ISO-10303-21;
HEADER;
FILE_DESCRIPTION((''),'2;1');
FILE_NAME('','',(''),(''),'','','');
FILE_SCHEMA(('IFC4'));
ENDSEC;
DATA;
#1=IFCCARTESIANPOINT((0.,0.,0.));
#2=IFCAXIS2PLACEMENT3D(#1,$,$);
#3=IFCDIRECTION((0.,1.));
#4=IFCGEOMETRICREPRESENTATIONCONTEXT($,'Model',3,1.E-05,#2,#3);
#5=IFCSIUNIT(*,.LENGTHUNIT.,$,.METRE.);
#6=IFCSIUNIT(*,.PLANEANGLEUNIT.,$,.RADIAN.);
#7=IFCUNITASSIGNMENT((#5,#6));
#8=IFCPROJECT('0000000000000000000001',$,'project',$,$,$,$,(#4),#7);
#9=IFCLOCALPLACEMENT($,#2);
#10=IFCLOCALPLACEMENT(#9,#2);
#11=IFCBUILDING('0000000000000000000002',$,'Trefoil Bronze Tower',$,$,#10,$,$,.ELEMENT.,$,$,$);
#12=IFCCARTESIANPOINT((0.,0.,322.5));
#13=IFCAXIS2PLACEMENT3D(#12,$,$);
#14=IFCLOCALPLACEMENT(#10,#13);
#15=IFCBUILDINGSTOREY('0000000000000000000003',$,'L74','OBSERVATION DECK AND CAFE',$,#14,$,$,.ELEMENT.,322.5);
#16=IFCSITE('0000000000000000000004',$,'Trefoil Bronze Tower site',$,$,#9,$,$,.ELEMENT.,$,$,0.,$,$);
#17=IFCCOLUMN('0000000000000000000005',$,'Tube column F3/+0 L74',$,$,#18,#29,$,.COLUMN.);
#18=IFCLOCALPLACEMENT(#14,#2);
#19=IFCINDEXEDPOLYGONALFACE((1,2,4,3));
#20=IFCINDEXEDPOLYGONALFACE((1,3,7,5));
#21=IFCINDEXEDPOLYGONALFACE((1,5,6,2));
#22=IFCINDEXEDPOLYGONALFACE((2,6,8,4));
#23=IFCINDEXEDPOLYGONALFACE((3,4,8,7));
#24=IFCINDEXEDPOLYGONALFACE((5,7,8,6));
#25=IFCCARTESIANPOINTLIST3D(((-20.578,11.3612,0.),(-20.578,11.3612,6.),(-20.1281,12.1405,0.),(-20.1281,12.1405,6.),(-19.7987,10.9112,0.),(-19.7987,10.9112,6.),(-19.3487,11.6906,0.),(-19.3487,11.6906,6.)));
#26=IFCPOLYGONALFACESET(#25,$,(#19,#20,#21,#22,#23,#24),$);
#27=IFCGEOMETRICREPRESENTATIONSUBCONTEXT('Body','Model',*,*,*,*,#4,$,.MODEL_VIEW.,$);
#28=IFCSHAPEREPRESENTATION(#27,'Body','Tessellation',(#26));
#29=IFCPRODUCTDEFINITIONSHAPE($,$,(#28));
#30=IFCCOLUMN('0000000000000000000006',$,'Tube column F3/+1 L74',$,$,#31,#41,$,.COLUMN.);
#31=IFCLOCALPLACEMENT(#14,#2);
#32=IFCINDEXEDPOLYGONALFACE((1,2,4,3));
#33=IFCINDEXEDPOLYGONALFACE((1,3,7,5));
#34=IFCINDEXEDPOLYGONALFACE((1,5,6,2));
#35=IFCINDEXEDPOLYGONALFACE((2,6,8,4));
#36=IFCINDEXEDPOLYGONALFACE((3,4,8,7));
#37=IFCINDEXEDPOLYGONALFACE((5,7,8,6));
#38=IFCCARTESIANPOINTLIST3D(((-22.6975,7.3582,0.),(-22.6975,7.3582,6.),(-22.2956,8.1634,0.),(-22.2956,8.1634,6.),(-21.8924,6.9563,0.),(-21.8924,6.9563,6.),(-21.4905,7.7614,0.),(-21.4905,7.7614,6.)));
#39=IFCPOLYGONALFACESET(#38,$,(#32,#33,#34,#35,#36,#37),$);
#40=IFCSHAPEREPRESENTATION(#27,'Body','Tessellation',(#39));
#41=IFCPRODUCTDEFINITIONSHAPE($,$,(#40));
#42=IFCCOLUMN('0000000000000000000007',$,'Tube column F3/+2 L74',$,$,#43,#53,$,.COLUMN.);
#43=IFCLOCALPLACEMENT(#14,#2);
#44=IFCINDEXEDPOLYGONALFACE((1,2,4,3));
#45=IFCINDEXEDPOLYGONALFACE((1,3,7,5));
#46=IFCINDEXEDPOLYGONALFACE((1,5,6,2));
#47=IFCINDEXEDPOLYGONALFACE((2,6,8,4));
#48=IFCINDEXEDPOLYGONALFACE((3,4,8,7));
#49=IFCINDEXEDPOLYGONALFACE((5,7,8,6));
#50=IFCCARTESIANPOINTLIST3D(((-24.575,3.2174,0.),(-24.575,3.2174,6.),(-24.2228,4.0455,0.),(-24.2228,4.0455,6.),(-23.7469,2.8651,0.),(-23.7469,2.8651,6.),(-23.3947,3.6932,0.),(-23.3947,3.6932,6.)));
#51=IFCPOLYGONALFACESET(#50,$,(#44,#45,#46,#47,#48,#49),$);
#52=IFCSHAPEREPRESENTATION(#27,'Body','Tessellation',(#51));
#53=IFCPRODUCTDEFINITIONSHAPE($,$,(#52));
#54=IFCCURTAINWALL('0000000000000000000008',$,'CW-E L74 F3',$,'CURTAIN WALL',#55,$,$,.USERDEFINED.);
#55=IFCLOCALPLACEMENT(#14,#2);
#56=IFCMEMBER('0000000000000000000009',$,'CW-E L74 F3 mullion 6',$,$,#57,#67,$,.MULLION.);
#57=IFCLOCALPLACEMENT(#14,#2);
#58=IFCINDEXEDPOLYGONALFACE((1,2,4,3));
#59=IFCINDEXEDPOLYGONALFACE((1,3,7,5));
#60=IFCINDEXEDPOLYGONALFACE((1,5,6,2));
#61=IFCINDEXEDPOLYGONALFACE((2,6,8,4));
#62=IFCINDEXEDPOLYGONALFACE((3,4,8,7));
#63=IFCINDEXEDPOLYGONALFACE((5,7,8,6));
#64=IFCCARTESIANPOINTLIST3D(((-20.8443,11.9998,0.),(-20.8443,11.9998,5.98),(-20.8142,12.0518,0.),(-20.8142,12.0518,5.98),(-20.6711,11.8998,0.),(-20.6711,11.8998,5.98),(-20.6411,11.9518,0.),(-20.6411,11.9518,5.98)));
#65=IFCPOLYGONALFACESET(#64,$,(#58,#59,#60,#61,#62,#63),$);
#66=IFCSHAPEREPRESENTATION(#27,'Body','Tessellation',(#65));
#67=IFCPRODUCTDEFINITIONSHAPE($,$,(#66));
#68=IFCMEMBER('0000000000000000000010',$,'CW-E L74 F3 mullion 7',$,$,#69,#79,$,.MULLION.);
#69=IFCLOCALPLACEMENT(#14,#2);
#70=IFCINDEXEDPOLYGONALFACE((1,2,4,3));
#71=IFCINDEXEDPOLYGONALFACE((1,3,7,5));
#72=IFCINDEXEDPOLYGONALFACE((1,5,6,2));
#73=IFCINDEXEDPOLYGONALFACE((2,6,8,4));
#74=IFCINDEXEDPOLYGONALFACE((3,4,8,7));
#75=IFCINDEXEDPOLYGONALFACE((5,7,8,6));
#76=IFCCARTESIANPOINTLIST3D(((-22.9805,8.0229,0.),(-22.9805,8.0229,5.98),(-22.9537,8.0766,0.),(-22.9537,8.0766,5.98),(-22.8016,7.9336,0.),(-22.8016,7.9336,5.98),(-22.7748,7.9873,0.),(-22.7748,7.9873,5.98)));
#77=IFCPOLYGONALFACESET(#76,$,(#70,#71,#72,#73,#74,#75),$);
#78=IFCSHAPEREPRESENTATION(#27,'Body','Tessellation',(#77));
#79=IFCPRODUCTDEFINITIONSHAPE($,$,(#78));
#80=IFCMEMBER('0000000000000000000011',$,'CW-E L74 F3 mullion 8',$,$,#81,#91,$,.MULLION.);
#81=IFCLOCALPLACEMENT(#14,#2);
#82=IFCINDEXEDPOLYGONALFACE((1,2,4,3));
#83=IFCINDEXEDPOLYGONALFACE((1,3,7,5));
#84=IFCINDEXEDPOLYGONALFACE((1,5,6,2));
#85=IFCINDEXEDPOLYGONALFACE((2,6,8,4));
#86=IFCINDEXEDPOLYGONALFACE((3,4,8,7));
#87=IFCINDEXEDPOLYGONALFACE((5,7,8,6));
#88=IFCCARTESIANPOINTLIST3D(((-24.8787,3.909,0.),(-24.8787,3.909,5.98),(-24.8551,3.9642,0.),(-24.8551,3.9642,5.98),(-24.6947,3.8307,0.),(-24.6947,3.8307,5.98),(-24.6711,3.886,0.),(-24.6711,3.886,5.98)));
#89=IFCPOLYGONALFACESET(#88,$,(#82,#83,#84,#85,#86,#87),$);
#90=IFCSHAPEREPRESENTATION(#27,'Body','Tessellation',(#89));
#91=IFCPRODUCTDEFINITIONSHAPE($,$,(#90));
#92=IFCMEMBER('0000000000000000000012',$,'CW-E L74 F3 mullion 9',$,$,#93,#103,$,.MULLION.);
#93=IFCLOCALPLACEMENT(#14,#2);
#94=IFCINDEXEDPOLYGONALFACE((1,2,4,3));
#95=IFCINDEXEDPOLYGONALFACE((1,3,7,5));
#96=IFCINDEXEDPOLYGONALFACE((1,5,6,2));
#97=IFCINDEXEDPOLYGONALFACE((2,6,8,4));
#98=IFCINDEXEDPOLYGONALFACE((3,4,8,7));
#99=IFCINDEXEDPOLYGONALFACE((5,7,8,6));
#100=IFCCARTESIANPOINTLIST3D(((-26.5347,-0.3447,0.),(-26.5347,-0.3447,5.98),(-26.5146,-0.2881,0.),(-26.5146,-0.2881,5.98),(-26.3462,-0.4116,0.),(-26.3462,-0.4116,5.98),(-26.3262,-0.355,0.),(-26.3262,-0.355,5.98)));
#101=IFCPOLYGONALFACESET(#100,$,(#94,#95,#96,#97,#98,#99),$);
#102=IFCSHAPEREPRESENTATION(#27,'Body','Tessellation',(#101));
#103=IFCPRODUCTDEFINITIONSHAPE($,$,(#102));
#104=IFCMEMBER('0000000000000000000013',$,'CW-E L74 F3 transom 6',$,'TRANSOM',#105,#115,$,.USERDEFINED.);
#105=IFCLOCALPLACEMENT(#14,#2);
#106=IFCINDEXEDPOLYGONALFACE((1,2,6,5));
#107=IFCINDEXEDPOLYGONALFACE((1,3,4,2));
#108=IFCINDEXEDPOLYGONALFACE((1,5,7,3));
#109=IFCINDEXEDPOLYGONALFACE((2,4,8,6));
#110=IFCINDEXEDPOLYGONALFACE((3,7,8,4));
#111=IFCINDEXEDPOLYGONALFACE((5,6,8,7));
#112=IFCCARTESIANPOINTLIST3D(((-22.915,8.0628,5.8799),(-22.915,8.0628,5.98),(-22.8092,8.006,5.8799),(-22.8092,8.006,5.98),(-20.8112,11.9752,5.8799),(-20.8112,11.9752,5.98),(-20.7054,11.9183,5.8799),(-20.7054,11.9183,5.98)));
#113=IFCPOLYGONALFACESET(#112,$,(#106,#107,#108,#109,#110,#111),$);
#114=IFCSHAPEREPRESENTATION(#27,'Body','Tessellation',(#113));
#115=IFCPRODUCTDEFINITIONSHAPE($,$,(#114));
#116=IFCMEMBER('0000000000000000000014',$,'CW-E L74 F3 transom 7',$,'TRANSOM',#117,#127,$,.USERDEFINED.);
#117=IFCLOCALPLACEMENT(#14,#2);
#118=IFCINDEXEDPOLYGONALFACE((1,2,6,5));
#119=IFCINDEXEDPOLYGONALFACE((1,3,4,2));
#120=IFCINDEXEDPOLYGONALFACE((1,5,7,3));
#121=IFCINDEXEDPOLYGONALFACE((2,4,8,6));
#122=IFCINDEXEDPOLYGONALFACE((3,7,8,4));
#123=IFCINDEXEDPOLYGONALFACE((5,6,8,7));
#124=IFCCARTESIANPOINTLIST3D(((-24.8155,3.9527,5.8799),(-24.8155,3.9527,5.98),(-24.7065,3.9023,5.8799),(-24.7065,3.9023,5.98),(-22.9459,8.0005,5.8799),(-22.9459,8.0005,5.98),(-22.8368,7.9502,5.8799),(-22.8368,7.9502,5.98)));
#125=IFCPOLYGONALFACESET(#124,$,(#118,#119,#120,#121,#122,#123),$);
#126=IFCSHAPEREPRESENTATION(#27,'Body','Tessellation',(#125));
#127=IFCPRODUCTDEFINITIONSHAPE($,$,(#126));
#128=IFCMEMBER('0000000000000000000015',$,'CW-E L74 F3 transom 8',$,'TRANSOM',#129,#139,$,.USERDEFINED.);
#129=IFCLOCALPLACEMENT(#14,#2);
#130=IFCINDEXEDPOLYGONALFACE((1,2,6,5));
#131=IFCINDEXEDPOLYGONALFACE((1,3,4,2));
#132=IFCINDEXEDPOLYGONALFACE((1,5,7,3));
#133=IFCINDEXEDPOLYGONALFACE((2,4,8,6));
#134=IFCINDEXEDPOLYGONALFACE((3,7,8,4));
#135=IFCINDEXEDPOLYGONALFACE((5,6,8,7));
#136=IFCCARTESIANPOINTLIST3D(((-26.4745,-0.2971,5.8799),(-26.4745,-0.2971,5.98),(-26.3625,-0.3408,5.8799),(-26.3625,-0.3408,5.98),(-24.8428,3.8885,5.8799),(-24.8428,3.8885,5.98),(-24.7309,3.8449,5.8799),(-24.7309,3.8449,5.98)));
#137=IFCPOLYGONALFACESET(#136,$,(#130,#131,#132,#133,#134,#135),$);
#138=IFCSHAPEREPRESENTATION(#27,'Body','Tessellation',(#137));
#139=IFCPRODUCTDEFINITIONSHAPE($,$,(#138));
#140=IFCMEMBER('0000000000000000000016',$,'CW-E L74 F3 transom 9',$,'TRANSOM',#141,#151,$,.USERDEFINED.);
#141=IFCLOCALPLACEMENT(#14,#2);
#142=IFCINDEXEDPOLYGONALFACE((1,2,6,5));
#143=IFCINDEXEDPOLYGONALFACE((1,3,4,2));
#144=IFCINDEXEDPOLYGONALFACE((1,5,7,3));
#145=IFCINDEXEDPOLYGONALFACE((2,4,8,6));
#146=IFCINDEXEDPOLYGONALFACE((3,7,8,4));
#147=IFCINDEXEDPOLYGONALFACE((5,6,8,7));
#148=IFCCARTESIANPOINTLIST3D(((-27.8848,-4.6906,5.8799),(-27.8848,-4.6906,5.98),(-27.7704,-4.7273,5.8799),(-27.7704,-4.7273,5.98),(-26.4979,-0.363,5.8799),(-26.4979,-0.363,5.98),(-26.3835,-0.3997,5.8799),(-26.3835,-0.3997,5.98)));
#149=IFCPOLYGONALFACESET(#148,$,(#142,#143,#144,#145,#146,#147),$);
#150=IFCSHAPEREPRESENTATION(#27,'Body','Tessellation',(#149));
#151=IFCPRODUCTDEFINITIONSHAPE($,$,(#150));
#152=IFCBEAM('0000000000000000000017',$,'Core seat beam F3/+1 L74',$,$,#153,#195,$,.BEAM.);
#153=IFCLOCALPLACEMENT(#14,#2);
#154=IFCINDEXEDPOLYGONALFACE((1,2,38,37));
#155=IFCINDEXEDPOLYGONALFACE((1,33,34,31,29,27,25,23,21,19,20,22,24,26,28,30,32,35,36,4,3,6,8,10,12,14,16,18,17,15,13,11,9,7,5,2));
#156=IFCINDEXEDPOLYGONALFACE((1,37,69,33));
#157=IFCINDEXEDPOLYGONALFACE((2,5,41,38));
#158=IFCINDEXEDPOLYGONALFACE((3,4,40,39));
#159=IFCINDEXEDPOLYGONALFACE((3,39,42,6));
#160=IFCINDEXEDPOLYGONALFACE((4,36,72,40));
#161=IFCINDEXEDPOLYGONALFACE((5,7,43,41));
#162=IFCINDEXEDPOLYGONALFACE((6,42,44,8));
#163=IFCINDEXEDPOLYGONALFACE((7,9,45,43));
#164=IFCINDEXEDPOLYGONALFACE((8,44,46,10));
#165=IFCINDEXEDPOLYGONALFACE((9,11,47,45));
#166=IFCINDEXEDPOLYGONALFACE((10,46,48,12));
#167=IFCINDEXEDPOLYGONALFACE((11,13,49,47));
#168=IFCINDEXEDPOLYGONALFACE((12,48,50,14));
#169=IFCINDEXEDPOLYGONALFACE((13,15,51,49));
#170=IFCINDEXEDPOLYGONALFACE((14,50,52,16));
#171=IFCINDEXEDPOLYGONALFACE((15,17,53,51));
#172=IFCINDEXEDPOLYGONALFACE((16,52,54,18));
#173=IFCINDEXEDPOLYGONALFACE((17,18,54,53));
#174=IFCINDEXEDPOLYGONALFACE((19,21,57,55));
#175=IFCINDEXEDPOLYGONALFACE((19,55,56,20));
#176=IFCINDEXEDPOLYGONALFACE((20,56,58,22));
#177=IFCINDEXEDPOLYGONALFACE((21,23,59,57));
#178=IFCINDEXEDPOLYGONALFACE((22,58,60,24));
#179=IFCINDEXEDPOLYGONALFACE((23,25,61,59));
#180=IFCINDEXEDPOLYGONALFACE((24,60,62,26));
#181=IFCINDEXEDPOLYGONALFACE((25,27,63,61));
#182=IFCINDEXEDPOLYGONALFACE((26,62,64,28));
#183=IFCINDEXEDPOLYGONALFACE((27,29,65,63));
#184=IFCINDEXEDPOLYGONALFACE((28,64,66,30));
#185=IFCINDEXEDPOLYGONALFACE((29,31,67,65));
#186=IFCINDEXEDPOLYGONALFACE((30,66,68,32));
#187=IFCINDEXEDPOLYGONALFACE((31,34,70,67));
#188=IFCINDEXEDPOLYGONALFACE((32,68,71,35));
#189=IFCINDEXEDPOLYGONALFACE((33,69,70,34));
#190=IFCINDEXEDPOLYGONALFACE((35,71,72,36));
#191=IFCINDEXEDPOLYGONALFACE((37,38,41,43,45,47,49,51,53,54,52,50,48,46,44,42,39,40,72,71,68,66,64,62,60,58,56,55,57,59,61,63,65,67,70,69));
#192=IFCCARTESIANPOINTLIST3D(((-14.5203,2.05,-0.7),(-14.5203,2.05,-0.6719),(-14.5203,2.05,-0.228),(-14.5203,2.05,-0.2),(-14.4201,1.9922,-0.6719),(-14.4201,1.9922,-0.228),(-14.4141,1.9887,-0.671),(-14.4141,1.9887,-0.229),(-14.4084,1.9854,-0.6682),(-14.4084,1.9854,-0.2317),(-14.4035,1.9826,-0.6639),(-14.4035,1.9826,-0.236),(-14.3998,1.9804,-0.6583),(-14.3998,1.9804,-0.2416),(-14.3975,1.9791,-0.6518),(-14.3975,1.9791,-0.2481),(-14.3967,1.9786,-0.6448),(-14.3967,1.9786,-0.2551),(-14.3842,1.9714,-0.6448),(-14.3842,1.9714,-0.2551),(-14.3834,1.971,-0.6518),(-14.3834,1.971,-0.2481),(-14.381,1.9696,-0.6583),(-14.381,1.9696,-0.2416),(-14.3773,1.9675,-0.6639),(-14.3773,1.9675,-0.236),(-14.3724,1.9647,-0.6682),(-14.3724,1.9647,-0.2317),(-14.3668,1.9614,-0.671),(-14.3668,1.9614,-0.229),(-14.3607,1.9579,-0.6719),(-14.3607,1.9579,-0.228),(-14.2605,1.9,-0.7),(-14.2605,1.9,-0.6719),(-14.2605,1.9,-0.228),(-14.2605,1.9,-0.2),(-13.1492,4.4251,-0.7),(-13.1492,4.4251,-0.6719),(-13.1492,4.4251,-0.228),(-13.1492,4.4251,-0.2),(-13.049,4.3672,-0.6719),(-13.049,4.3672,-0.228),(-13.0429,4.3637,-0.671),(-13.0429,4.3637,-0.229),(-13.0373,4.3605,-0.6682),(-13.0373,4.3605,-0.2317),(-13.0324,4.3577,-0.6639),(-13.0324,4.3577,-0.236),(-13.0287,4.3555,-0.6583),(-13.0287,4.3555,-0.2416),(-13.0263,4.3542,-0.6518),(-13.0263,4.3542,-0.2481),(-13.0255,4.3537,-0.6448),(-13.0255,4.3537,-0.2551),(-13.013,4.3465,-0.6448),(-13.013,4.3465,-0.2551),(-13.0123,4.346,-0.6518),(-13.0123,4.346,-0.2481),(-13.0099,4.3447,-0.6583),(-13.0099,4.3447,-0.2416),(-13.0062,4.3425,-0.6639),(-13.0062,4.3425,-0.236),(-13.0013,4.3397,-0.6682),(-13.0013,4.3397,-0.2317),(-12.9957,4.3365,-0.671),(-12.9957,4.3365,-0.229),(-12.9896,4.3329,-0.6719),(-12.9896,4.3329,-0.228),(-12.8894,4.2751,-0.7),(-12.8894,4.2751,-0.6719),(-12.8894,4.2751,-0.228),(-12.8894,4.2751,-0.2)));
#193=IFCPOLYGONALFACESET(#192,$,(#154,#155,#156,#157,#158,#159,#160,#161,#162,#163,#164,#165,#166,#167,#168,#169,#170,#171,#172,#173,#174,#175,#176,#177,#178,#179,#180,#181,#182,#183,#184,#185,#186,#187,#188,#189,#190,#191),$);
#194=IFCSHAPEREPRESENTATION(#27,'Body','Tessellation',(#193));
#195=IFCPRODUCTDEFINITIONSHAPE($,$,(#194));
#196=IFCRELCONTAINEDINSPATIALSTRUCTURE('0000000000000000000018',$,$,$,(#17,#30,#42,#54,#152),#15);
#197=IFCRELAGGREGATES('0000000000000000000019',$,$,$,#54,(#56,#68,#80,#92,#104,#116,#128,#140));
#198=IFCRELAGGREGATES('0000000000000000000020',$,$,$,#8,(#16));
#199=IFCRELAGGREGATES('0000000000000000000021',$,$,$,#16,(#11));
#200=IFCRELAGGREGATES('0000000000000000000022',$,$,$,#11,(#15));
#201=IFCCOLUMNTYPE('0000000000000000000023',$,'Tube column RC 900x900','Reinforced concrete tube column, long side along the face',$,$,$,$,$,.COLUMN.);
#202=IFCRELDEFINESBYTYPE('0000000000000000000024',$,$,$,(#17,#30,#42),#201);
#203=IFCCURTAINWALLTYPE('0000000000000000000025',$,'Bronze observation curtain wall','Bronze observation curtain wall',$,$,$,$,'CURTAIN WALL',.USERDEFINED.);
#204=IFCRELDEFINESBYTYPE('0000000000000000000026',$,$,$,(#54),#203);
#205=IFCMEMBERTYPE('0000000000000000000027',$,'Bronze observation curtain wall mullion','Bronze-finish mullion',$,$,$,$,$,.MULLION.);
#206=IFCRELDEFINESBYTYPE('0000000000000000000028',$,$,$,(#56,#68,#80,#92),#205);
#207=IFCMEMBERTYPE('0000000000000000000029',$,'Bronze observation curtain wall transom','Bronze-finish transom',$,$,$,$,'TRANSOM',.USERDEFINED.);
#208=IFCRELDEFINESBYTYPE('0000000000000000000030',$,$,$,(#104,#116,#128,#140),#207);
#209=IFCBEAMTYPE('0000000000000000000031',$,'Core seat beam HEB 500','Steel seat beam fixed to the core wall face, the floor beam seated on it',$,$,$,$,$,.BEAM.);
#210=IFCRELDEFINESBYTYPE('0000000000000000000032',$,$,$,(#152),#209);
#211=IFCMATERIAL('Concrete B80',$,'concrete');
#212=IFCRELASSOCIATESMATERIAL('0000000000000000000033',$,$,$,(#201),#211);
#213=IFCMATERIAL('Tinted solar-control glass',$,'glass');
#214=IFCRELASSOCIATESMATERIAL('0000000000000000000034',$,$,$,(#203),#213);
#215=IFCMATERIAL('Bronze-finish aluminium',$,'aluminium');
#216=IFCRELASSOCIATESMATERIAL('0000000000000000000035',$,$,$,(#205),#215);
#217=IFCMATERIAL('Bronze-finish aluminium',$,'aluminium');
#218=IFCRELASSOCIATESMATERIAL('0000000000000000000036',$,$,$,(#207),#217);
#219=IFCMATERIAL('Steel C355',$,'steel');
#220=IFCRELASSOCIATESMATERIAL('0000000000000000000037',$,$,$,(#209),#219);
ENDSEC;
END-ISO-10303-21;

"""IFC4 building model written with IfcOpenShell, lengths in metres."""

from ifc_helpers import new_model, si_unit, direction, frame, origin, origin_2d, place, context, subcontext, project, spatial, rectangle, i_section, extrude, material, material_profile, profile_set, type_object, element, aggregate, save


model = new_model("IFC4")

# Units and contexts
model_context = context("Model", 3, precision=1e-05, world=origin(), true_north=direction((0.0, 1.0)))
body_context = subcontext(model_context, "Body", "Model", "MODEL_VIEW")
ifc_project = project(units=[si_unit("LENGTHUNIT", "METRE"), si_unit("PLANEANGLEUNIT", "RADIAN")], contexts=[model_context])

# Site, building, storey
site_placement = place(None, origin())
site = spatial("IfcSite", under=ifc_project, at=site_placement, Name="Trefoil Bronze Tower site", CompositionType="ELEMENT", RefElevation=0.0)
building_placement = place(site_placement, origin())
building = spatial("IfcBuilding", under=site, at=building_placement, Name="Trefoil Bronze Tower", CompositionType="ELEMENT")
storey_placement = place(building_placement, frame((0.0, 0.0, 322.5)))
storey = spatial("IfcBuildingStorey", under=building, at=storey_placement, Name="L74", Description="OBSERVATION DECK AND CAFE", CompositionType="ELEMENT", Elevation=322.5)

# Columns
ifc_material_1 = material(Name="Concrete B80", Category="concrete")
ifc_material_profile_1 = material_profile(ifc_material_1, rectangle(XDim=0.8999, YDim=0.8999, at=origin_2d()), Name="RC 900x900")
ifc_profile_set_1 = profile_set([ifc_material_profile_1], Name="Concrete B80")
column_type = type_object("IfcColumnType", Name="Tube column RC 900x900", Description="Reinforced concrete tube column, long side along the face", PredefinedType="COLUMN", material=ifc_profile_set_1)
for number, where, z_axis, x_axis, name in (
    (1, (-19.9634, 11.5259, 0.0), (0.0, 0.0, 1.0), (-0.5, -0.866025, 0.0), "Tube column F3/+0 L74"),
    (2, (-22.094, 7.5598, 0.0), (0.0, 0.0, 1.0), (-0.446641, -0.894713, 0.0), "Tube column F3/+1 L74"),
    (3, (-23.9849, 3.4553, 0.0), (0.0, 0.0, 1.0), (-0.391436, -0.920205, 0.0), "Tube column F3/+2 L74"),
):
    element("IfcColumn", number, at=place(storey_placement, frame(where, z_axis=z_axis, x_axis=x_axis)), inside=storey, type_object=column_type, Name=name, PredefinedType="COLUMN", context=body_context, shape_type="SweptSolid", body=[
        extrude(rectangle(XDim=0.8999, YDim=0.8999, at=origin_2d()), origin(), (0.0, 0.0, 1.0), 6.0),
    ])

# Curtain wall, members
ifc_material_2 = material(Name="Tinted solar-control glass", Category="glass")
curtain_wall_type = type_object("IfcCurtainWallType", Name="Bronze observation curtain wall", Description="Bronze observation curtain wall", ElementType="CURTAIN WALL", PredefinedType="USERDEFINED", material=ifc_material_2)
curtain_wall_placement = place(storey_placement, origin())
curtain_wall = element("IfcCurtainWall", 4, at=curtain_wall_placement, inside=storey, type_object=curtain_wall_type, Name="CW-E L74 F3", ObjectType="CURTAIN WALL", PredefinedType="USERDEFINED")
ifc_material_3 = material(Name="Bronze-finish aluminium", Category="aluminium")
ifc_material_profile_2 = material_profile(ifc_material_3, rectangle(XDim=0.2, YDim=0.0601, at=origin_2d()), Name="CW-E mullion")
ifc_profile_set_2 = profile_set([ifc_material_profile_2], Name="Bronze-finish aluminium")
member_type_1 = type_object("IfcMemberType", Name="Bronze observation curtain wall mullion", Description="Bronze-finish mullion", PredefinedType="MULLION", material=ifc_profile_set_2)
member_1_placement = place(storey_placement, frame((-20.7427, 11.9758, 0.0), z_axis=(0.0, 0.0, 1.0), x_axis=(0.866025, -0.5, 0.0)))
member_1 = element("IfcMember", 5, at=member_1_placement, type_object=member_type_1, Name="CW-E L74 F3 mullion 6", PredefinedType="MULLION", context=body_context, shape_type="SweptSolid", body=[
    extrude(rectangle(XDim=0.2, YDim=0.0601, at=origin_2d()), origin(), (0.0, 0.0, 1.0), 5.98),
])
member_2_placement = place(storey_placement, frame((-22.8777, 8.0051, 0.0), z_axis=(0.0, 0.0, 1.0), x_axis=(0.894713, -0.446641, 0.0)))
member_2 = element("IfcMember", 6, at=member_2_placement, type_object=member_type_1, Name="CW-E L74 F3 mullion 7", PredefinedType="MULLION", context=body_context, shape_type="SweptSolid", body=[
    extrude(rectangle(XDim=0.2, YDim=0.0601, at=origin_2d()), origin(), (0.0, 0.0, 1.0), 5.98),
])
member_3_placement = place(storey_placement, frame((-24.7749, 3.8975, 0.0), z_axis=(0.0, 0.0, 1.0), x_axis=(0.920205, -0.391436, 0.0)))
member_3 = element("IfcMember", 7, at=member_3_placement, type_object=member_type_1, Name="CW-E L74 F3 mullion 8", PredefinedType="MULLION", context=body_context, shape_type="SweptSolid", body=[
    extrude(rectangle(XDim=0.2, YDim=0.0601, at=origin_2d()), origin(), (0.0, 0.0, 1.0), 5.98),
])
member_4_placement = place(storey_placement, frame((-26.4304, -0.3499, 0.0), z_axis=(0.0, 0.0, 1.0), x_axis=(0.942448, -0.334352, 0.0)))
member_4 = element("IfcMember", 8, at=member_4_placement, type_object=member_type_1, Name="CW-E L74 F3 mullion 9", PredefinedType="MULLION", context=body_context, shape_type="SweptSolid", body=[
    extrude(rectangle(XDim=0.2, YDim=0.0601, at=origin_2d()), origin(), (0.0, 0.0, 1.0), 5.98),
])
ifc_material_4 = material(Name="Bronze-finish aluminium", Category="aluminium")
ifc_material_profile_3 = material_profile(ifc_material_4, rectangle(XDim=0.1201, YDim=0.1001, at=origin_2d()), Name="CW-E transom")
ifc_profile_set_3 = profile_set([ifc_material_profile_3], Name="Bronze-finish aluminium")
member_type_2 = type_object("IfcMemberType", Name="Bronze observation curtain wall transom", Description="Bronze-finish transom", ElementType="TRANSOM", PredefinedType="USERDEFINED", material=ifc_profile_set_3)
member_5_placement = place(storey_placement, frame((-20.7583, 11.9468, 5.9299), z_axis=(-0.473595, -0.880743, 0.0), x_axis=(0.880743, -0.473595, 0.0)))
member_5 = element("IfcMember", 9, at=member_5_placement, type_object=member_type_2, Name="CW-E L74 F3 transom 6", ObjectType="TRANSOM", PredefinedType="USERDEFINED", context=body_context, shape_type="SweptSolid", body=[
    extrude(rectangle(XDim=0.1201, YDim=0.1001, at=origin_2d()), origin(), (0.0, 0.0, 1.0), 4.4421),
])
member_6_placement = place(storey_placement, frame((-22.8914, 7.9753, 5.9299), z_axis=(-0.419315, -0.907841, 0.0), x_axis=(0.907841, -0.419315, 0.0)))
member_6 = element("IfcMember", 10, at=member_6_placement, type_object=member_type_2, Name="CW-E L74 F3 transom 7", ObjectType="TRANSOM", PredefinedType="USERDEFINED", context=body_context, shape_type="SweptSolid", body=[
    extrude(rectangle(XDim=0.1201, YDim=0.1001, at=origin_2d()), origin(), (0.0, 0.0, 1.0), 4.4587),
])
member_7_placement = place(storey_placement, frame((-24.7869, 3.8667, 5.9299), z_axis=(-0.363196, -0.931713, 0.0), x_axis=(0.931713, -0.363196, 0.0)))
member_7 = element("IfcMember", 11, at=member_7_placement, type_object=member_type_2, Name="CW-E L74 F3 transom 8", ObjectType="TRANSOM", PredefinedType="USERDEFINED", context=body_context, shape_type="SweptSolid", body=[
    extrude(rectangle(XDim=0.1201, YDim=0.1001, at=origin_2d()), origin(), (0.0, 0.0, 1.0), 4.4924),
])
member_8_placement = place(storey_placement, frame((-26.4407, -0.3813, 5.9299), z_axis=(-0.305199, -0.952289, 0.0), x_axis=(0.952289, -0.305199, 0.0)))
member_8 = element("IfcMember", 12, at=member_8_placement, type_object=member_type_2, Name="CW-E L74 F3 transom 9", ObjectType="TRANSOM", PredefinedType="USERDEFINED", context=body_context, shape_type="SweptSolid", body=[
    extrude(rectangle(XDim=0.1201, YDim=0.1001, at=origin_2d()), origin(), (0.0, 0.0, 1.0), 4.5444),
])

# Beam
ifc_material_5 = material(Name="Steel C355", Category="steel")
ifc_material_profile_4 = material_profile(ifc_material_5, i_section(OverallWidth=0.3, OverallDepth=0.5, WebThickness=0.0144, FlangeThickness=0.0281, FilletRadius=0.0271, at=origin_2d()), Name="HEB 500")
ifc_profile_set_4 = profile_set([ifc_material_profile_4], Name="Steel C355")
beam_type_1 = type_object("IfcBeamType", Name="Core seat beam HEB 500", Description="Steel seat beam fixed to the core wall face, the floor beam seated on it", PredefinedType="BEAM", material=ifc_profile_set_4)
for number, where, z_axis, x_axis, name in (
    (13, (-13.0193, 4.3501, -0.45), (-0.499969, -0.866043, 0.0), (0.866043, -0.499969, 0.0), "Core seat beam F3/+1 L74"),
):
    element("IfcBeam", number, at=place(storey_placement, frame(where, z_axis=z_axis, x_axis=x_axis)), inside=storey, type_object=beam_type_1, Name=name, PredefinedType="BEAM", context=body_context, shape_type="SweptSolid", body=[
        extrude(i_section(OverallWidth=0.3, OverallDepth=0.5, WebThickness=0.0144, FlangeThickness=0.0281, FilletRadius=0.0271, at=origin_2d()), origin(), (0.0, 0.0, 1.0), 2.7424),
    ])

aggregate(curtain_wall, [member_1, member_2, member_3, member_4, member_5, member_6, member_7, member_8])

save(model, "model.ifc")
